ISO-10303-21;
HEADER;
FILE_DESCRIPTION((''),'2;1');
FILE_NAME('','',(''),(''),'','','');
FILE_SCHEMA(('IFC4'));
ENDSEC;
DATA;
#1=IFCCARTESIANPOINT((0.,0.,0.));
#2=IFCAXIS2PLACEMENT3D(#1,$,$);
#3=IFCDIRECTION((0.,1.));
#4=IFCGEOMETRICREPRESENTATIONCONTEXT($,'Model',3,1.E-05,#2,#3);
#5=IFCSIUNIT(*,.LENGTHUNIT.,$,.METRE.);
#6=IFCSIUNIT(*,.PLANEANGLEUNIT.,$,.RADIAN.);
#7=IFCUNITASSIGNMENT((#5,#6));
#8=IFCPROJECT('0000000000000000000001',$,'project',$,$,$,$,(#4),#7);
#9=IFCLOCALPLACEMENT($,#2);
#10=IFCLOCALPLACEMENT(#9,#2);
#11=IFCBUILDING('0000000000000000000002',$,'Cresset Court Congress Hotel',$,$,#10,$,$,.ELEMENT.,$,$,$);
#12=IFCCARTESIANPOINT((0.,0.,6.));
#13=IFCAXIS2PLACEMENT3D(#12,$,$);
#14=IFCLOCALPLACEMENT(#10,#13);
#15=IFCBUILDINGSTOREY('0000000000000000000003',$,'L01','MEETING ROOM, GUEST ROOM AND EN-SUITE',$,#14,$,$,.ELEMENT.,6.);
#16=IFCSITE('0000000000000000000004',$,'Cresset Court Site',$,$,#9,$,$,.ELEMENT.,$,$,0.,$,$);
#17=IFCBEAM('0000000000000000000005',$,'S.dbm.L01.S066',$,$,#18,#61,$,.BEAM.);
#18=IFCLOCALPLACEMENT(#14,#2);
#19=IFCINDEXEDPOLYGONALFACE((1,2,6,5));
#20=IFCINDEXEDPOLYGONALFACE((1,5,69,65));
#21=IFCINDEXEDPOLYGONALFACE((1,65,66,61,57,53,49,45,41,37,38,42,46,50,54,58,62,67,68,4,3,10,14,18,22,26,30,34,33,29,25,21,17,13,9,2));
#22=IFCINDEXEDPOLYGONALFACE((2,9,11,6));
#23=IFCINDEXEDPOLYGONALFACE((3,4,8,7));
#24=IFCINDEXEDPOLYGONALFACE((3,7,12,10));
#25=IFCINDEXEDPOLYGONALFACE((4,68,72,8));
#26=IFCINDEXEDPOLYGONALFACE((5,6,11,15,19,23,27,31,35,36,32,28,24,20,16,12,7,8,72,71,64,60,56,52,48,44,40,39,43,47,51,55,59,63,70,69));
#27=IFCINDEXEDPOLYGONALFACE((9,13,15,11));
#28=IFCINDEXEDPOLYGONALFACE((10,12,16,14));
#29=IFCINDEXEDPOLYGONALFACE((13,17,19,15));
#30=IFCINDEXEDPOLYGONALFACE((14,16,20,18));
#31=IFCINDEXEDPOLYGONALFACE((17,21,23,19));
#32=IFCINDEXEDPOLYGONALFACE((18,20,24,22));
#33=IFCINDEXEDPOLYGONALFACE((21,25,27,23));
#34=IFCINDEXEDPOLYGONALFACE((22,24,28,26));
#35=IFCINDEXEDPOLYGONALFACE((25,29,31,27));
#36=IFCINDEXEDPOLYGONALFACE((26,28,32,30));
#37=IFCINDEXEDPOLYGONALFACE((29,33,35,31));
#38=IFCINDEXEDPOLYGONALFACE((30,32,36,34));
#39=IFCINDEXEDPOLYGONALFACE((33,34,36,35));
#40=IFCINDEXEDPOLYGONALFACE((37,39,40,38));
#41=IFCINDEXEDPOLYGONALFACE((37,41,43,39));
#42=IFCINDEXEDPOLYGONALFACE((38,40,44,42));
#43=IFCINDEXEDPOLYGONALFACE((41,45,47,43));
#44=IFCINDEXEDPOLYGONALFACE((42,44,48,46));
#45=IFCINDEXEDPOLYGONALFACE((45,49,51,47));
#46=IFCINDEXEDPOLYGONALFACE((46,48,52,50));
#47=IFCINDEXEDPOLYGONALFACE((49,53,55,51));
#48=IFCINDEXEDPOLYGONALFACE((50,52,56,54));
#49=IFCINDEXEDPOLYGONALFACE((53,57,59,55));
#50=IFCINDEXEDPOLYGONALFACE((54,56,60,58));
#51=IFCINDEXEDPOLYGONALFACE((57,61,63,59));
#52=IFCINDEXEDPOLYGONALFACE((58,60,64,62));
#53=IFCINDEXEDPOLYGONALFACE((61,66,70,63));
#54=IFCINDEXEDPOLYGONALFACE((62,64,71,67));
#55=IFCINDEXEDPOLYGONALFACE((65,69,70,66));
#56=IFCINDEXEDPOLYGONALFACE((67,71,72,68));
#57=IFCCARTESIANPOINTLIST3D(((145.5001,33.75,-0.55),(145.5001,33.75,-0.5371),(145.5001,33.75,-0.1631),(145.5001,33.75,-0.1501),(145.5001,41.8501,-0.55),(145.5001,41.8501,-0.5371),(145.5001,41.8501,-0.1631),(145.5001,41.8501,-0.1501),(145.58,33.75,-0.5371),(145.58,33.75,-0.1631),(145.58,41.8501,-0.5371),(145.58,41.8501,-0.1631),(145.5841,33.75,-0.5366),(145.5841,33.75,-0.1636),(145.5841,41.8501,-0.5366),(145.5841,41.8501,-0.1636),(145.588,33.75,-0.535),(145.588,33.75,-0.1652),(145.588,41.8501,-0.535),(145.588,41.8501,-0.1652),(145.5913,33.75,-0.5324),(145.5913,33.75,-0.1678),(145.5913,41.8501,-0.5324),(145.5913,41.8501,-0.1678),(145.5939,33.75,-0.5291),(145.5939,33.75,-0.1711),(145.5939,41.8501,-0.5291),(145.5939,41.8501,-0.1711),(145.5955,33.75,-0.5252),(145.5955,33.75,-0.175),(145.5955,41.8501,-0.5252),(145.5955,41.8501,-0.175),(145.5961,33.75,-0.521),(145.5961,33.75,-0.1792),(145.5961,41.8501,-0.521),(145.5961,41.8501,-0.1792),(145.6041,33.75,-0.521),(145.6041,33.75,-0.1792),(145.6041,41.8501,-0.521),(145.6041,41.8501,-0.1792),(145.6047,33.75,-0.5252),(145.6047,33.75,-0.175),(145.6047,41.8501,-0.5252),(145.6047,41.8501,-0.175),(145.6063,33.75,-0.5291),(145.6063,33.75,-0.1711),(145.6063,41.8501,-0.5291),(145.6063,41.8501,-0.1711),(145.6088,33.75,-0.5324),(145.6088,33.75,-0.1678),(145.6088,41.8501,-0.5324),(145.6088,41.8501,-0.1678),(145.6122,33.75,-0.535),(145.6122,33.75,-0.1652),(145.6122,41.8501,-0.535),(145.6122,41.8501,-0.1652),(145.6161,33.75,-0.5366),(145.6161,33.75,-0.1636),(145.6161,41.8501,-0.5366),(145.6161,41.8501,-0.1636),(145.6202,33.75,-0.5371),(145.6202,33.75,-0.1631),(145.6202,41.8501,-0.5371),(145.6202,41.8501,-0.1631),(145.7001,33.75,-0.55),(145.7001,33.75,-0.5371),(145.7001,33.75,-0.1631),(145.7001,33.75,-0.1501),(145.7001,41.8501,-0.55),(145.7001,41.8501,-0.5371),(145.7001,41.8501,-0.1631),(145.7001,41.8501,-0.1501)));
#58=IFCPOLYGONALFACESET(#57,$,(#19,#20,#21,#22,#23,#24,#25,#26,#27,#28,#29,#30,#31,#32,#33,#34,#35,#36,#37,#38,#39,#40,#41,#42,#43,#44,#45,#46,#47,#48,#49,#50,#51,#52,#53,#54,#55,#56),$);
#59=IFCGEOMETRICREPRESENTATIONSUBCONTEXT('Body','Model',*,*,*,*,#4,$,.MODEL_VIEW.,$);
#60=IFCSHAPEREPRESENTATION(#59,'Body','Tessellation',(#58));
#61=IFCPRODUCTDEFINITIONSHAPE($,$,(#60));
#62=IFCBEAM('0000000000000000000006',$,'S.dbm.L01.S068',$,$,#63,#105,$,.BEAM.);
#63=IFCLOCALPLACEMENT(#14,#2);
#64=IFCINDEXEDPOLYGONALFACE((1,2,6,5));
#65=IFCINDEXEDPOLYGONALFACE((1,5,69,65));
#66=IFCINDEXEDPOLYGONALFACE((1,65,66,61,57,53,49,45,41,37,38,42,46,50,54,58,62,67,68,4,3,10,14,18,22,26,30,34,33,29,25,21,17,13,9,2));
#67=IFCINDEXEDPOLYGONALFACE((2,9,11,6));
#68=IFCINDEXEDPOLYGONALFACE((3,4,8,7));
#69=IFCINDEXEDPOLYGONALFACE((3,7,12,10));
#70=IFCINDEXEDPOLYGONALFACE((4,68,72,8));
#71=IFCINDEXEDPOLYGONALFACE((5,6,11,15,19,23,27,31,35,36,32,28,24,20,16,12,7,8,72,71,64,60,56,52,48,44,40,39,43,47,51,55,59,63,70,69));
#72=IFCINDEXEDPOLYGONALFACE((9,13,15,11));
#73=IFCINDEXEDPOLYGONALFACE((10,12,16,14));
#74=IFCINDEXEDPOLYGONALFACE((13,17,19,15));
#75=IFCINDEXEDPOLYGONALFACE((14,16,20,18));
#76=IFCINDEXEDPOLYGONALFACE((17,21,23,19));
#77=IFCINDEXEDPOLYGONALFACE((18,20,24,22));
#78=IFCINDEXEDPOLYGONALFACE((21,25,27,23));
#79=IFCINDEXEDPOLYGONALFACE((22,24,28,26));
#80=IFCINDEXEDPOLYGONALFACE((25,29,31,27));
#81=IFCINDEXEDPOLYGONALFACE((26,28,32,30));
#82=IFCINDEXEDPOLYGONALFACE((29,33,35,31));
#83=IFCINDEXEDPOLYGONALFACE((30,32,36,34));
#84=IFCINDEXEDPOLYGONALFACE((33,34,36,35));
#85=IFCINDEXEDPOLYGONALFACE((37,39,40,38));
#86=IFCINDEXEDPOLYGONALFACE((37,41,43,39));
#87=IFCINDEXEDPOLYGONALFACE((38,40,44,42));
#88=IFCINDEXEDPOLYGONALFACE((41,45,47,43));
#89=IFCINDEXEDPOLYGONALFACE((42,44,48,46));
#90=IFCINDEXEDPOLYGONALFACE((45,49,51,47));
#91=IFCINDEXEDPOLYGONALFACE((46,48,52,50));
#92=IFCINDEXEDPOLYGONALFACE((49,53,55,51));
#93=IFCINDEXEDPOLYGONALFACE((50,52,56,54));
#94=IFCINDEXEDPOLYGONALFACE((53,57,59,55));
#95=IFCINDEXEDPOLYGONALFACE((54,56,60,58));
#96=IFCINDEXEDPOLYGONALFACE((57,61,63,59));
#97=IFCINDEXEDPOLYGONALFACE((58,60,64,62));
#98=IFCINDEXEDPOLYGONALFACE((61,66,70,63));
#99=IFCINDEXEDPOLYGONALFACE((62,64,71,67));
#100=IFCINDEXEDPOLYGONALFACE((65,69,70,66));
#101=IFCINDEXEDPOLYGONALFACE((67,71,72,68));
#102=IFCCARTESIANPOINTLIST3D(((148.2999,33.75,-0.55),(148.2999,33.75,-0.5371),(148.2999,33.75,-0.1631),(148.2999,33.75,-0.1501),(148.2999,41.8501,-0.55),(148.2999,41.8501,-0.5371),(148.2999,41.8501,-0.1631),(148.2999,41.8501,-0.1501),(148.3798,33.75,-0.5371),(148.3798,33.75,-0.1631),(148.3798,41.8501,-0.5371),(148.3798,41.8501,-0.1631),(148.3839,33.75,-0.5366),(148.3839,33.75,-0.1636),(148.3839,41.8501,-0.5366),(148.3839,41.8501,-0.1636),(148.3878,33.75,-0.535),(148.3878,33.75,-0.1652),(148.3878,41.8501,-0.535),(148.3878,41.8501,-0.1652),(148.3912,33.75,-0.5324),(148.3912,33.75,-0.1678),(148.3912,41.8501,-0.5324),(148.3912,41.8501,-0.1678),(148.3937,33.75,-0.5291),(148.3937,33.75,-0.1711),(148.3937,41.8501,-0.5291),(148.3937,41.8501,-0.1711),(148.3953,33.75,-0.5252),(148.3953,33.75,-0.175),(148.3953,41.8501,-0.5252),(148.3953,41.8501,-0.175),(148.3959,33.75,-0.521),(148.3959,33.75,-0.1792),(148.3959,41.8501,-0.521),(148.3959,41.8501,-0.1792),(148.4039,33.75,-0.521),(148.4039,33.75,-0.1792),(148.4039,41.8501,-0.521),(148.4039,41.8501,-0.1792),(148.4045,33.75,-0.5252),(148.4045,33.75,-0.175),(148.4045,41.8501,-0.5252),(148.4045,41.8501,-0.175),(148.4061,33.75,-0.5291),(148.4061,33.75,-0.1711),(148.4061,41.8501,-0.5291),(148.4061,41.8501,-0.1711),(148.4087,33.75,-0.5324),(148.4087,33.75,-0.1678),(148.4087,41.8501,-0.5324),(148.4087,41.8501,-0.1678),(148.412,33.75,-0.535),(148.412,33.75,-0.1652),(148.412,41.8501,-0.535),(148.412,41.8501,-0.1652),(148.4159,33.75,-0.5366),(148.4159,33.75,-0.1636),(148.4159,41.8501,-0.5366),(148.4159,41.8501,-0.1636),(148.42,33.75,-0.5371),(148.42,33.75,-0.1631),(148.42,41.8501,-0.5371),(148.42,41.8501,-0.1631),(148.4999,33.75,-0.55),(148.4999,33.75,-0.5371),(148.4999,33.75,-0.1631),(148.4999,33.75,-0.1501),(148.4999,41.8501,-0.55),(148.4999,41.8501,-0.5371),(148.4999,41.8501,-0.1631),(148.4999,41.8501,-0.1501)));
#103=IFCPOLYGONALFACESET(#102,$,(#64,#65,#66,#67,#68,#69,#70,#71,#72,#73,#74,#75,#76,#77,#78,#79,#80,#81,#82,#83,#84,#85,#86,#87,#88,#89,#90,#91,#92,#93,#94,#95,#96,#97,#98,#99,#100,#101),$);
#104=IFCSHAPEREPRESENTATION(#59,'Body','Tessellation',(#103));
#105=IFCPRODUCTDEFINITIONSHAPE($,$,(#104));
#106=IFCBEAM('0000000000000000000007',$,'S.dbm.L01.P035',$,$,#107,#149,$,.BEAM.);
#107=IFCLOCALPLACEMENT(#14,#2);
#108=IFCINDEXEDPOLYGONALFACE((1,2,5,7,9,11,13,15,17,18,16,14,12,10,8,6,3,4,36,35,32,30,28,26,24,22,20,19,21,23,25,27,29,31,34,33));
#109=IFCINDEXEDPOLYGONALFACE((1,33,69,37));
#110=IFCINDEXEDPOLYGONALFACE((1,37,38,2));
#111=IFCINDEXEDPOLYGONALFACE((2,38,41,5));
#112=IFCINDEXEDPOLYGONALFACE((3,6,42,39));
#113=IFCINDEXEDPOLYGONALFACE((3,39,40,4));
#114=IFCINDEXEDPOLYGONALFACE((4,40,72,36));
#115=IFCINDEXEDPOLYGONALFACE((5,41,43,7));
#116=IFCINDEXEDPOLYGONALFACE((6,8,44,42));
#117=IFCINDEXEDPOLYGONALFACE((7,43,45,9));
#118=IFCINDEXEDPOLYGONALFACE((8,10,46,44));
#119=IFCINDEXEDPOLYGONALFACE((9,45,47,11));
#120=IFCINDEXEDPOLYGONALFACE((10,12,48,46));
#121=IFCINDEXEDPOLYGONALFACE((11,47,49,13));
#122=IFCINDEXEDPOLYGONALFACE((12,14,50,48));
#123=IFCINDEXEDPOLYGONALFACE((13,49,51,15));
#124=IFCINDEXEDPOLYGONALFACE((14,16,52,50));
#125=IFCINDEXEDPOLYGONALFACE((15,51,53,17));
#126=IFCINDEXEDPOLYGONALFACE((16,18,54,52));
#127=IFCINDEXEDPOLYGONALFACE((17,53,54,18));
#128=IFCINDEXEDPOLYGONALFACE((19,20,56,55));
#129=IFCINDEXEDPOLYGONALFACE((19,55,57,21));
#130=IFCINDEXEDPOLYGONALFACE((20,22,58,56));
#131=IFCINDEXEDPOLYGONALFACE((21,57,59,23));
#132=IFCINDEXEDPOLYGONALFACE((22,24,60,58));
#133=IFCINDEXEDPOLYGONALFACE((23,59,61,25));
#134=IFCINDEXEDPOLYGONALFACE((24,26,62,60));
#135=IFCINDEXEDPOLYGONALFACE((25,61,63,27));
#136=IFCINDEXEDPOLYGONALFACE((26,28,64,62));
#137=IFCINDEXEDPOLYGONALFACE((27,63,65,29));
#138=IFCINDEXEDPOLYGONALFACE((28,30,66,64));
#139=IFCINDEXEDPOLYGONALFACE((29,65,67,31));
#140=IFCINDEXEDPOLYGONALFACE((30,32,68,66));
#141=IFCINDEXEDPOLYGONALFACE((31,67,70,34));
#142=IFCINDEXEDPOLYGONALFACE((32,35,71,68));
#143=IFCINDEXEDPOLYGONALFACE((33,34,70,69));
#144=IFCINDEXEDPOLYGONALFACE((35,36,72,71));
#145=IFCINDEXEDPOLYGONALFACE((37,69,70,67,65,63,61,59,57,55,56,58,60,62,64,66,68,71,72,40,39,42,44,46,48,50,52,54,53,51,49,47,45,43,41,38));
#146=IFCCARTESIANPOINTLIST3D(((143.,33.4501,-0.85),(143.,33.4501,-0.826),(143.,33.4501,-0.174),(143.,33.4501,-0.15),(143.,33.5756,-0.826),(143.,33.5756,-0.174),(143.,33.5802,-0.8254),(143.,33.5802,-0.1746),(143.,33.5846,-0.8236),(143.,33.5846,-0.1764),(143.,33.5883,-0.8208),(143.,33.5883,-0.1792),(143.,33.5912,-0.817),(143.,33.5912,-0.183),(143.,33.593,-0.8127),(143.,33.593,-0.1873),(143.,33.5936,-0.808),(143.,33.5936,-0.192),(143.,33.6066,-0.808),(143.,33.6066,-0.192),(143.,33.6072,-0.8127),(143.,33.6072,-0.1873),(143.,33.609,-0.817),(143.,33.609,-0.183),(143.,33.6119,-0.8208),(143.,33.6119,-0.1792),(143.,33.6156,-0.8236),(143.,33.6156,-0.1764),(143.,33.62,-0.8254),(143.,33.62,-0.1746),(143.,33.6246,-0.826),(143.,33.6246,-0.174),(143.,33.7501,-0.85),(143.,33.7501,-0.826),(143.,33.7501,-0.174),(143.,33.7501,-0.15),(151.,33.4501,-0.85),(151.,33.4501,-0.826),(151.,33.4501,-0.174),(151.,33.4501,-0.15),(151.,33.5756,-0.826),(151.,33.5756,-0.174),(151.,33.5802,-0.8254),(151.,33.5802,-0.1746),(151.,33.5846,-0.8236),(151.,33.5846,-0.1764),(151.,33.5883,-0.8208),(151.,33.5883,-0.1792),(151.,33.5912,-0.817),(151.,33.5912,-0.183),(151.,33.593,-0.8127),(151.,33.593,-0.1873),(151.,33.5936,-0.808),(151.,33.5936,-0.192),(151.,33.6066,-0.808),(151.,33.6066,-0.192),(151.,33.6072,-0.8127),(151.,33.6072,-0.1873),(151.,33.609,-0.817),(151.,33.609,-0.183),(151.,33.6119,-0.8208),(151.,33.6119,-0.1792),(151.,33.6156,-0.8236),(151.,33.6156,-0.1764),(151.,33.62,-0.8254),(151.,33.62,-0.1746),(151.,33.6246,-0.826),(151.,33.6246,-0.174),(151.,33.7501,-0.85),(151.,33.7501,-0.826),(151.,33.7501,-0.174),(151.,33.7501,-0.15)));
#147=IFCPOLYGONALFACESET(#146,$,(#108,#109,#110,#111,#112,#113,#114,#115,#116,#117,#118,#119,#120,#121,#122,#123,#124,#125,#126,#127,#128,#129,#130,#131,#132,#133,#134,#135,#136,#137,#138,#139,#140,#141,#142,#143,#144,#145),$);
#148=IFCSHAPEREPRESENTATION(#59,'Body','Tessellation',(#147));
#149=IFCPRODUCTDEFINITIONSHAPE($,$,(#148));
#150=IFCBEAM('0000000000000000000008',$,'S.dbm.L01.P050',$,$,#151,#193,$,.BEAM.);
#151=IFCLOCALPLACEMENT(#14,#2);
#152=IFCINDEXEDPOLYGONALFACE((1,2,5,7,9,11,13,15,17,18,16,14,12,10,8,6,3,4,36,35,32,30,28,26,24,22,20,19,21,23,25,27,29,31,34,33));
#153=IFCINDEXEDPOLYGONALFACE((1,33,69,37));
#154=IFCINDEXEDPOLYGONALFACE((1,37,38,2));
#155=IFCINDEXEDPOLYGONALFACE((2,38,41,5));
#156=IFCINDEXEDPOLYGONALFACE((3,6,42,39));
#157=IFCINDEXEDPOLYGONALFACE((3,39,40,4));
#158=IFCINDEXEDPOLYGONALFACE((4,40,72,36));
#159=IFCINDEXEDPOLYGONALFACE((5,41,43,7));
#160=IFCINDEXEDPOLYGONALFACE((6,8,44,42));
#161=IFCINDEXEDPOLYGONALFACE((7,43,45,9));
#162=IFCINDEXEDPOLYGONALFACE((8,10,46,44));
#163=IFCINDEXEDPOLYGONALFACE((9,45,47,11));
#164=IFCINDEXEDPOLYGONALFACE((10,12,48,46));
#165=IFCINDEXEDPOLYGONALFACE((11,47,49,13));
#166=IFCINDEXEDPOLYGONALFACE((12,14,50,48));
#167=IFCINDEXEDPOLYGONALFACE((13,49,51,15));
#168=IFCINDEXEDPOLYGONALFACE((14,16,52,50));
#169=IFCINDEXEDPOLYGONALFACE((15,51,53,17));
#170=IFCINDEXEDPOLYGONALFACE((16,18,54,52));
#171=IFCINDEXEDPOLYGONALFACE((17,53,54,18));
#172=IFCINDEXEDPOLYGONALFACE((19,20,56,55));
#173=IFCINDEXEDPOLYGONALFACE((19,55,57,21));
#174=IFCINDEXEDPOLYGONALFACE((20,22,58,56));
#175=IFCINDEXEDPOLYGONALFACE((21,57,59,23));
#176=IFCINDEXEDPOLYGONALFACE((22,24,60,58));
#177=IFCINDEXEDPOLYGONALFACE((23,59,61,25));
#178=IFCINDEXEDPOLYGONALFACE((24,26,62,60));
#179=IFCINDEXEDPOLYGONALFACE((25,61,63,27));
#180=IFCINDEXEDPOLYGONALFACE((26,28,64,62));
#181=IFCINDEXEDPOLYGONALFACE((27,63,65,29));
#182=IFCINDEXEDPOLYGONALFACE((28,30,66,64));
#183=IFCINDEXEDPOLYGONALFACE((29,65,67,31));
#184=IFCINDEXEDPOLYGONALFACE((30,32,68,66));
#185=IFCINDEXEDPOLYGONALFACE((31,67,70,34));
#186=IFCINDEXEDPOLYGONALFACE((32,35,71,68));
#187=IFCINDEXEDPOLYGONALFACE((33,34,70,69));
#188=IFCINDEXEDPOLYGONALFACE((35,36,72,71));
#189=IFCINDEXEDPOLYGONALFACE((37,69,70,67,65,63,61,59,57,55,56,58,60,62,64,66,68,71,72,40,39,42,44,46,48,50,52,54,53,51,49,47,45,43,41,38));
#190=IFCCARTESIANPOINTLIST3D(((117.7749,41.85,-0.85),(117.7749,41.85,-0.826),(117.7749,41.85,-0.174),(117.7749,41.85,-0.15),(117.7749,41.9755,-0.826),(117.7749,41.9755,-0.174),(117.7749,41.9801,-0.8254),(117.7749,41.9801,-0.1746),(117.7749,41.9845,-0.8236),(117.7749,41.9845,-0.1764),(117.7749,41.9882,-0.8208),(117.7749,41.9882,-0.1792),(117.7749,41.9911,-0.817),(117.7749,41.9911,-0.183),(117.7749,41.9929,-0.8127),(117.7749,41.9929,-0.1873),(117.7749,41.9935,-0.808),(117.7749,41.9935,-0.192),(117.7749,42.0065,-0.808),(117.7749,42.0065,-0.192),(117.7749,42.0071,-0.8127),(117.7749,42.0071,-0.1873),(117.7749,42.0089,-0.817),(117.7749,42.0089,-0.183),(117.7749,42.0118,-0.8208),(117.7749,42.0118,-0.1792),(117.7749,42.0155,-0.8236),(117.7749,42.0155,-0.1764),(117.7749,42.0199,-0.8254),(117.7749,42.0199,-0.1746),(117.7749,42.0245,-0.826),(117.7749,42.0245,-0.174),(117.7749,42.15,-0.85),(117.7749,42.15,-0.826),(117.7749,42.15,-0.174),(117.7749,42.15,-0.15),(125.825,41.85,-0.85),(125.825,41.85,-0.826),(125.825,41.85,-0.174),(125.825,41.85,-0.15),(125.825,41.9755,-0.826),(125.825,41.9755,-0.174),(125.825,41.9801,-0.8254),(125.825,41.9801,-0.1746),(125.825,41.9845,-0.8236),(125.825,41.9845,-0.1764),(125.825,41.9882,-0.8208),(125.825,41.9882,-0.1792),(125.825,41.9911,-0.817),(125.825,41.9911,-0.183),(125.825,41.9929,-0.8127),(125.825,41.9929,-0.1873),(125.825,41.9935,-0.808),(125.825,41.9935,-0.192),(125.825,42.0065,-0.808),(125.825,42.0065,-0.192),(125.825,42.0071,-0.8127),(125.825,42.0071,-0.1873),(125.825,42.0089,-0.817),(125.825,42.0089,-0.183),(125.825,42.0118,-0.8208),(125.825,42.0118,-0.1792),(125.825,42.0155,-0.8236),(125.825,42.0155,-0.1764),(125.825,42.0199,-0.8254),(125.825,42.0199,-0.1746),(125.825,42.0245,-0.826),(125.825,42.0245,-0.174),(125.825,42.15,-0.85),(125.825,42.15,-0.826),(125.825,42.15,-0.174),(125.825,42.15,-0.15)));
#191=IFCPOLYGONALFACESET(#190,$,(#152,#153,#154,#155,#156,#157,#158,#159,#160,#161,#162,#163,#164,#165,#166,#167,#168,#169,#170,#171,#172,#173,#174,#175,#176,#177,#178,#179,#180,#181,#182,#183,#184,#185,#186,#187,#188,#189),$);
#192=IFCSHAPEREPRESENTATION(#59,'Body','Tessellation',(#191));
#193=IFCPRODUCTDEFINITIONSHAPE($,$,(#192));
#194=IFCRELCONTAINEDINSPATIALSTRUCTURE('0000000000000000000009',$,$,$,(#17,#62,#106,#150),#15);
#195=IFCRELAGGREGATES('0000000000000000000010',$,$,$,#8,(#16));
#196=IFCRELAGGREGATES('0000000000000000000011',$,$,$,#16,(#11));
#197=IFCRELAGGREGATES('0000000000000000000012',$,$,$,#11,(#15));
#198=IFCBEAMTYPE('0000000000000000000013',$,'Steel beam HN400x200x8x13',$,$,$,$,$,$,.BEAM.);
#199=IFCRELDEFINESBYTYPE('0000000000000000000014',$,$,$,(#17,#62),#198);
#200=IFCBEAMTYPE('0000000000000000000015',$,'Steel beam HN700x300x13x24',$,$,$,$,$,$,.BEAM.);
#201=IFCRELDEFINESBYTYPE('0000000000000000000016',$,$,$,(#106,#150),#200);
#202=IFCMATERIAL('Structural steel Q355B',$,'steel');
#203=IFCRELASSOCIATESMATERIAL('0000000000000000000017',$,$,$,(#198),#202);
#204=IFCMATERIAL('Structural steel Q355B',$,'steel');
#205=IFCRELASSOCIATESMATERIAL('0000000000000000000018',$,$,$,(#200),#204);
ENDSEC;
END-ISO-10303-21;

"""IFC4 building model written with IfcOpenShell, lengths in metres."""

from ifc_helpers import new_model, si_unit, direction, frame, origin, origin_2d, place, context, subcontext, project, spatial, i_section, extrude, material, material_profile, profile_set, type_object, element, save


model = new_model("IFC4")

# Units and contexts
model_context = context("Model", 3, precision=1e-05, world=origin(), true_north=direction((0.0, 1.0)))
body_context = subcontext(model_context, "Body", "Model", "MODEL_VIEW")
ifc_project = project(units=[si_unit("LENGTHUNIT", "METRE"), si_unit("PLANEANGLEUNIT", "RADIAN")], contexts=[model_context])

# Site, building, storey
site_placement = place(None, origin())
site = spatial("IfcSite", under=ifc_project, at=site_placement, Name="Cresset Court Site", CompositionType="ELEMENT", RefElevation=0.0)
building_placement = place(site_placement, origin())
building = spatial("IfcBuilding", under=site, at=building_placement, Name="Cresset Court Congress Hotel", CompositionType="ELEMENT")
storey_placement = place(building_placement, frame((0.0, 0.0, 6.0)))
storey = spatial("IfcBuildingStorey", under=building, at=storey_placement, Name="L01", Description="MEETING ROOM, GUEST ROOM AND EN-SUITE", CompositionType="ELEMENT", Elevation=6.0)

# Beams
ifc_material_1 = material(Name="Structural steel Q355B", Category="steel")
ifc_material_profile_1 = material_profile(ifc_material_1, i_section(OverallWidth=0.2, OverallDepth=0.3999, WebThickness=0.0081, FlangeThickness=0.0129, FilletRadius=0.0161, at=origin_2d()), Name="HN400x200x8x13")
ifc_profile_set_1 = profile_set([ifc_material_profile_1], Name="Structural steel Q355B")
beam_type_1 = type_object("IfcBeamType", Name="Steel beam HN400x200x8x13", PredefinedType="BEAM", material=ifc_profile_set_1)
for number, where, z_axis, x_axis, name in (
    (1, (145.6001, 33.75, -0.3501), (0.0, 1.0, 0.0), (-1.0, 0.0, 0.0), "S.dbm.L01.S066"),
    (2, (148.3999, 33.75, -0.3501), (0.0, 1.0, 0.0), (-1.0, 0.0, 0.0), "S.dbm.L01.S068"),
):
    element("IfcBeam", number, at=place(storey_placement, frame(where, z_axis=z_axis, x_axis=x_axis)), inside=storey, type_object=beam_type_1, Name=name, PredefinedType="BEAM", context=body_context, shape_type="SweptSolid", body=[
        extrude(i_section(OverallWidth=0.2, OverallDepth=0.3999, WebThickness=0.0081, FlangeThickness=0.0129, FilletRadius=0.0161, at=origin_2d()), origin(), (0.0, 0.0, 1.0), 8.1001),
    ])
ifc_material_2 = material(Name="Structural steel Q355B", Category="steel")
ifc_material_profile_2 = material_profile(ifc_material_2, i_section(OverallWidth=0.3, OverallDepth=0.7, WebThickness=0.0129, FlangeThickness=0.0239, FilletRadius=0.0181, at=origin_2d()), Name="HN700x300x13x24")
ifc_profile_set_2 = profile_set([ifc_material_profile_2], Name="Structural steel Q355B")
beam_type_2 = type_object("IfcBeamType", Name="Steel beam HN700x300x13x24", PredefinedType="BEAM", material=ifc_profile_set_2)
beam_1_placement = place(storey_placement, frame((143.0, 33.6001, -0.5), z_axis=(1.0, 0.0, 0.0), x_axis=(0.0, 1.0, 0.0)))
element("IfcBeam", 3, at=beam_1_placement, inside=storey, type_object=beam_type_2, Name="S.dbm.L01.P035", PredefinedType="BEAM", context=body_context, shape_type="SweptSolid", body=[
    extrude(i_section(OverallWidth=0.3, OverallDepth=0.7, WebThickness=0.0129, FlangeThickness=0.0239, FilletRadius=0.0181, at=origin_2d()), origin(), (0.0, 0.0, 1.0), 8.0),
])
for number, where, z_axis, x_axis, name in (
    (4, (117.7749, 42.0, -0.5), (1.0, 0.0, 0.0), (0.0, 1.0, 0.0), "S.dbm.L01.P050"),
):
    element("IfcBeam", number, at=place(storey_placement, frame(where, z_axis=z_axis, x_axis=x_axis)), inside=storey, type_object=beam_type_2, Name=name, PredefinedType="BEAM", context=body_context, shape_type="SweptSolid", body=[
        extrude(i_section(OverallWidth=0.3, OverallDepth=0.7, WebThickness=0.0129, FlangeThickness=0.0239, FilletRadius=0.0181, at=origin_2d()), origin(), (0.0, 0.0, 1.0), 8.05),
    ])

save(model, "model.ifc")
